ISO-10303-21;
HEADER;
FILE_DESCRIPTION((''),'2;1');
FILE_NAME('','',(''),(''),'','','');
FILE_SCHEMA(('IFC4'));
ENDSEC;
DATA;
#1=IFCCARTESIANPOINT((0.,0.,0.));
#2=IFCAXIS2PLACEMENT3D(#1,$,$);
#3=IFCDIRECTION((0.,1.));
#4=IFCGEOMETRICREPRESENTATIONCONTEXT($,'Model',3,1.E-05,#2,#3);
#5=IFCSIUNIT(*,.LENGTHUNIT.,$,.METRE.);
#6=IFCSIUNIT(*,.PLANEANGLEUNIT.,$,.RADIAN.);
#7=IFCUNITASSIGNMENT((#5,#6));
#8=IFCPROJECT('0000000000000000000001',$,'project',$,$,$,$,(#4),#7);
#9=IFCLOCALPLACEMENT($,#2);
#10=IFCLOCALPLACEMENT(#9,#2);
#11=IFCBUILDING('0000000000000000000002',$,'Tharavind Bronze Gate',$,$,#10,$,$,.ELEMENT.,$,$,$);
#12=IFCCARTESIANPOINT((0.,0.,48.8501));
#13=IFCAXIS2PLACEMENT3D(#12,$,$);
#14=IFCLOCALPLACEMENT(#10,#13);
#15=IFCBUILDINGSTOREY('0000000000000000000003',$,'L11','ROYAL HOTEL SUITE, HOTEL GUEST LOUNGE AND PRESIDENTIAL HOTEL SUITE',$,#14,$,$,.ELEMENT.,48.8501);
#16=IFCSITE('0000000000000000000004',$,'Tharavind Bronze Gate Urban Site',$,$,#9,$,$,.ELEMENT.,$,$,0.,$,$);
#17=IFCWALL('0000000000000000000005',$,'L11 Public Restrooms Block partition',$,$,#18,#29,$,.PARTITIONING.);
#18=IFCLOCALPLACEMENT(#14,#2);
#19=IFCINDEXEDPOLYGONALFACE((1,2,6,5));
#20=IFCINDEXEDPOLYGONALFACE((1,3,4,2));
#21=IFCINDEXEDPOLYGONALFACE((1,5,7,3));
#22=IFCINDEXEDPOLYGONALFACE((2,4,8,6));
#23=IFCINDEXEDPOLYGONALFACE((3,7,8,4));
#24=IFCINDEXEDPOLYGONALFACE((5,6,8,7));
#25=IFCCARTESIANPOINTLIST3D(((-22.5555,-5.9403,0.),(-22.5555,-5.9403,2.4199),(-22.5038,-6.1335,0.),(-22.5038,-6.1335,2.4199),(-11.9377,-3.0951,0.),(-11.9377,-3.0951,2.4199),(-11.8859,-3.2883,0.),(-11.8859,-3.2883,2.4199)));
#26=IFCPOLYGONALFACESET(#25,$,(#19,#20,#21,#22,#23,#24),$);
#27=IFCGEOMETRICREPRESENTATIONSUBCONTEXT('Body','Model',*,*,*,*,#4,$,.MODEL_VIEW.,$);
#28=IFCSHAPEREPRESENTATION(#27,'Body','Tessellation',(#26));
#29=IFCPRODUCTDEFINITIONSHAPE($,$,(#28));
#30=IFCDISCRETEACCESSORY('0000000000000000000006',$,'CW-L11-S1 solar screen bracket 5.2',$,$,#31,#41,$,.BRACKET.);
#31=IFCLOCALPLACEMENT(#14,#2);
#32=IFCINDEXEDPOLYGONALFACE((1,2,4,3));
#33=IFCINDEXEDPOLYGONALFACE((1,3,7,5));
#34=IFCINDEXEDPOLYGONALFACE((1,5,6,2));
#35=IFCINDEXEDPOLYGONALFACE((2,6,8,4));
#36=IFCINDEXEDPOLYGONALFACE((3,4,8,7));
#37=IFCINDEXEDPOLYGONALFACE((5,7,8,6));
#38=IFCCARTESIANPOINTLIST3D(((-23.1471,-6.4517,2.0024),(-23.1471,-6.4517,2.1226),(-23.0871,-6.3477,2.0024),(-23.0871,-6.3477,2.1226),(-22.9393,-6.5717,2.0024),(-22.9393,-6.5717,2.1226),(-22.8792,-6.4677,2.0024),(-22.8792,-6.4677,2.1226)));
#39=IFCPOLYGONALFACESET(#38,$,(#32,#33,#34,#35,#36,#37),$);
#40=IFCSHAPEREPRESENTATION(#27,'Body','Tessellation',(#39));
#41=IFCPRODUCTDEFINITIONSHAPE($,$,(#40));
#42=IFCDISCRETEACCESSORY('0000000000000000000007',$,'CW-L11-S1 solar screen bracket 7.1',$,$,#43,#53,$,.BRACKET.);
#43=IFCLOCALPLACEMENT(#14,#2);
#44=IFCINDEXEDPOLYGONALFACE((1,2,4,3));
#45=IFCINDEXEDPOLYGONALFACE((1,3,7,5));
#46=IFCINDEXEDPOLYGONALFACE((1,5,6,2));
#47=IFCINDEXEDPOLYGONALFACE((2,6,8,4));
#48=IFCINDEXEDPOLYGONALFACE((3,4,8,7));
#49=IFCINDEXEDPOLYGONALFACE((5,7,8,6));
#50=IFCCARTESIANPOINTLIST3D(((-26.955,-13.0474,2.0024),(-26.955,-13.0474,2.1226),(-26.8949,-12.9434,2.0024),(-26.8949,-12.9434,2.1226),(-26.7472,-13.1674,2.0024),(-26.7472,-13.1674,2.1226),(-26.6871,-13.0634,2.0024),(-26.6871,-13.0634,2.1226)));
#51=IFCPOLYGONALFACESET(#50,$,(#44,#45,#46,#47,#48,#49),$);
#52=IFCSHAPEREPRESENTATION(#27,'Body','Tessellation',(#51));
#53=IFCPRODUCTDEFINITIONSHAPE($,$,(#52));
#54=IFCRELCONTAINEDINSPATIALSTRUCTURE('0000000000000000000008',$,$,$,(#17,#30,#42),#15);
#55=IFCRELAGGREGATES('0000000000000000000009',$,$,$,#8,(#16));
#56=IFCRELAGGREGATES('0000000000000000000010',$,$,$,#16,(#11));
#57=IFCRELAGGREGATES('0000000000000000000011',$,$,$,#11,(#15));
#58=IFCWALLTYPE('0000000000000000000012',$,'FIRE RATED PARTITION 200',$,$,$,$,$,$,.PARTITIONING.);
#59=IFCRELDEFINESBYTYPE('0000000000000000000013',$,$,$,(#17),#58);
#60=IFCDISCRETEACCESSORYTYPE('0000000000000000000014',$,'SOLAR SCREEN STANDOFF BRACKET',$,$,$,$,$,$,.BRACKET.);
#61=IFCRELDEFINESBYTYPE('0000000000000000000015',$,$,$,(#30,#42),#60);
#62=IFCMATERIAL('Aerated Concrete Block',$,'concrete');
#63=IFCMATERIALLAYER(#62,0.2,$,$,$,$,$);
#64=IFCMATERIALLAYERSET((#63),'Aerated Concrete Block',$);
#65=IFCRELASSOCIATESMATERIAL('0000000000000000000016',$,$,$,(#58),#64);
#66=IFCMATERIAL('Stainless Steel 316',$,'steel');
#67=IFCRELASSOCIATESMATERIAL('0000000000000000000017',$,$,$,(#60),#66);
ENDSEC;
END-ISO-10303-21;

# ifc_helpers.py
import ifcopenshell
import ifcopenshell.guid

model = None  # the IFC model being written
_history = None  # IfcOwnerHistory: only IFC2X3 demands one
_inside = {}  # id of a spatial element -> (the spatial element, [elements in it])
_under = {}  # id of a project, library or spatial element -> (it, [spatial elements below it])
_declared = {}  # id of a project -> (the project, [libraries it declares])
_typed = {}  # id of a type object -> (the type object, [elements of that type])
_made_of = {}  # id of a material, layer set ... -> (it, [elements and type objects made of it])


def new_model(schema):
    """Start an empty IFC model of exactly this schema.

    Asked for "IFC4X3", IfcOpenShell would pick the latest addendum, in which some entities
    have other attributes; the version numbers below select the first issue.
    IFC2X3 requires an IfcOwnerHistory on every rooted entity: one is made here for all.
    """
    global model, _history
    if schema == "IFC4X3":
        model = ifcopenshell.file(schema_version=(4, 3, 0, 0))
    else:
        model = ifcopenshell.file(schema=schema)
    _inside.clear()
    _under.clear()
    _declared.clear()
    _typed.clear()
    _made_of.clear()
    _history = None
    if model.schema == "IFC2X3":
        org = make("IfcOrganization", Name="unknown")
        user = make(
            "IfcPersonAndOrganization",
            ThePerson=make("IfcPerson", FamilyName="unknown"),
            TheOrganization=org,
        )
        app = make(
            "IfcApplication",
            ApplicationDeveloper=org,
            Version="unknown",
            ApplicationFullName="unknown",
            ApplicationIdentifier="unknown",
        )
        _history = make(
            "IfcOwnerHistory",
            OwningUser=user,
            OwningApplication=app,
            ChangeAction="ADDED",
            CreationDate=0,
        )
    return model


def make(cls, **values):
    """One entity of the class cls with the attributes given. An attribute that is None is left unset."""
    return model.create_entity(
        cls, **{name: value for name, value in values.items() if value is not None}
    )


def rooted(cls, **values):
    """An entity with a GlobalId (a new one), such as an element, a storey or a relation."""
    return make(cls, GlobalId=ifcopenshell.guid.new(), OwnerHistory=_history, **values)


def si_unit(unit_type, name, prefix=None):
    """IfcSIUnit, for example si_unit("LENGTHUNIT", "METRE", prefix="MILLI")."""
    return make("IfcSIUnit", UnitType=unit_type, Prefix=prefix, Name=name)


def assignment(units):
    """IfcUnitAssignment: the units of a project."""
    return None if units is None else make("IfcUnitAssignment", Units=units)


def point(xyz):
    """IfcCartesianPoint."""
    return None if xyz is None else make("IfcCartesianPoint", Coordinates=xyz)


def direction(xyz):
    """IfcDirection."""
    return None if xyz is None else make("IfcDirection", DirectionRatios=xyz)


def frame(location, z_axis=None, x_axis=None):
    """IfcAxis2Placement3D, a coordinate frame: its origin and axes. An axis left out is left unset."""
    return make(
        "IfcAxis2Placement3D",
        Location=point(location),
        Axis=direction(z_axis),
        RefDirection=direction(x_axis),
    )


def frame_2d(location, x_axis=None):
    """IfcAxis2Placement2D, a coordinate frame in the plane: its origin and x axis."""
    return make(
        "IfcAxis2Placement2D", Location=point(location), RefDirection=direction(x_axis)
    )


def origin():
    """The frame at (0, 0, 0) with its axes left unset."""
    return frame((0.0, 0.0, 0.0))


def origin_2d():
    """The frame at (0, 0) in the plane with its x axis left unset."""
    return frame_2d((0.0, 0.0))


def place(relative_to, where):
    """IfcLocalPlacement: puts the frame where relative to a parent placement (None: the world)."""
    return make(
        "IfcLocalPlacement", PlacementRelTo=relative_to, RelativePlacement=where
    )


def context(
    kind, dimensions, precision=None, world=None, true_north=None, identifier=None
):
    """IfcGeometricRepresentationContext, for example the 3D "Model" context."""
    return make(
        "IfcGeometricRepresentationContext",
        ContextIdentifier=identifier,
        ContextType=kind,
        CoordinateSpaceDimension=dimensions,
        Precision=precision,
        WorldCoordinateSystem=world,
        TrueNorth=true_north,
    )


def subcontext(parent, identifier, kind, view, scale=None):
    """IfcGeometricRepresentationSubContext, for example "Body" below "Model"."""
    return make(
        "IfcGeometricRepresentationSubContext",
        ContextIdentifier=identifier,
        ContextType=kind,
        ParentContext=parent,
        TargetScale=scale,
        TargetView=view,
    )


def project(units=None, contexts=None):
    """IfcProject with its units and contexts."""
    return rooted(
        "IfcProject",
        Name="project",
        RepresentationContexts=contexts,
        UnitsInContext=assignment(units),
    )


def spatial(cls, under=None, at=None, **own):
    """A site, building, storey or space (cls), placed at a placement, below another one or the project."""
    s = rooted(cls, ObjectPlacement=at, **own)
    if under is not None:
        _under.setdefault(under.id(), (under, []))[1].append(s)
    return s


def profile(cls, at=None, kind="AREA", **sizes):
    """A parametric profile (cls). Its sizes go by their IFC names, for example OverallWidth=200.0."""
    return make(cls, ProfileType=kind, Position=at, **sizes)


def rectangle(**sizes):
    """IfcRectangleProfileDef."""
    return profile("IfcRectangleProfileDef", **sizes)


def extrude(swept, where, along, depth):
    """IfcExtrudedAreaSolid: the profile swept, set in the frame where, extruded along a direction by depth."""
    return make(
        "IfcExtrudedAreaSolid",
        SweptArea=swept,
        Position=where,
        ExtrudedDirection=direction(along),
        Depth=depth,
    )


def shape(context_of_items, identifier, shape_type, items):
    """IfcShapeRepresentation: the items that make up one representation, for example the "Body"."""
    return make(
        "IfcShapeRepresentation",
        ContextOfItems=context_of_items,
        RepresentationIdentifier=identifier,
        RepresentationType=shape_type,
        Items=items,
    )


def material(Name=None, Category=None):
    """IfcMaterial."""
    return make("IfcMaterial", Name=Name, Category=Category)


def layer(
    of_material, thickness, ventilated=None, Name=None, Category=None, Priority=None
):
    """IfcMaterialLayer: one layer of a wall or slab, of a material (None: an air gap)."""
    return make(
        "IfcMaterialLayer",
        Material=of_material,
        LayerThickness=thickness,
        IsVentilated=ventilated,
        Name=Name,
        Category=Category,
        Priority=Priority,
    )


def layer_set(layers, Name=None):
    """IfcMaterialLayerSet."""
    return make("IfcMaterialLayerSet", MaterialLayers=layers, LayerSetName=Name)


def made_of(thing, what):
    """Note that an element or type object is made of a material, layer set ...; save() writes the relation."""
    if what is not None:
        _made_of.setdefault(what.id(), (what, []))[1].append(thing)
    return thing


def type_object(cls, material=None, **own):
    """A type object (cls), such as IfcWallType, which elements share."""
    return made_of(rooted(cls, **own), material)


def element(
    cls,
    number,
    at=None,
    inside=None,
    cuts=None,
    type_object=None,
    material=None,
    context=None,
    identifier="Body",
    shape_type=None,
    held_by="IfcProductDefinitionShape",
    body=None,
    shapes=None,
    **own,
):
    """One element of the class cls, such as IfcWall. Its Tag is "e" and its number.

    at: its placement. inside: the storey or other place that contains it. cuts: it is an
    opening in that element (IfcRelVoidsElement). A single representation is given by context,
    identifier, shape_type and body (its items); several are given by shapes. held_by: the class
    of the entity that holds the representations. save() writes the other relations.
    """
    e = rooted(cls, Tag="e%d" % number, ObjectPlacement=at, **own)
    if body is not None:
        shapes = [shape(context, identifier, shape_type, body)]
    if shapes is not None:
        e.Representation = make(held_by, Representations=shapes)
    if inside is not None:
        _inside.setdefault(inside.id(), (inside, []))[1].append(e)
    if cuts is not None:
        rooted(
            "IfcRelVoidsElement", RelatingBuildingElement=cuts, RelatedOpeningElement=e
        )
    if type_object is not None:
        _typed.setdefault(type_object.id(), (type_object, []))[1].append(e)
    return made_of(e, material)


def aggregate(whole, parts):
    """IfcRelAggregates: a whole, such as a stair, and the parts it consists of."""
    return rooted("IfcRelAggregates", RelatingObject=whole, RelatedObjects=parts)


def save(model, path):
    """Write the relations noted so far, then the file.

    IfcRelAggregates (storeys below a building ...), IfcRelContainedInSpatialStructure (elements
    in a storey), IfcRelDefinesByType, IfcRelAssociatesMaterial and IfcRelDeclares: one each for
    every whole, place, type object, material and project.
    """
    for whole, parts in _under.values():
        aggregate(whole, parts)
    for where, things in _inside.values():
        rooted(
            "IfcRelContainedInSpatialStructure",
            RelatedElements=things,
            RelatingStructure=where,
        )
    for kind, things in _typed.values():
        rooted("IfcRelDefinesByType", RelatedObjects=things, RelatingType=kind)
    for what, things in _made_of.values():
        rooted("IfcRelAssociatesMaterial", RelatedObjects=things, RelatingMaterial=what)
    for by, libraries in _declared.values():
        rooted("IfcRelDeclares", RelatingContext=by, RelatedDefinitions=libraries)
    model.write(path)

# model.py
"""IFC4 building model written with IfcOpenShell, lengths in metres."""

from ifc_helpers import new_model, si_unit, direction, frame, frame_2d, origin, origin_2d, place, context, subcontext, project, spatial, rectangle, extrude, material, layer, layer_set, type_object, element, save


model = new_model("IFC4")

# Units and contexts
model_context = context("Model", 3, precision=1e-05, world=origin(), true_north=direction((0.0, 1.0)))
body_context = subcontext(model_context, "Body", "Model", "MODEL_VIEW")
ifc_project = project(units=[si_unit("LENGTHUNIT", "METRE"), si_unit("PLANEANGLEUNIT", "RADIAN")], contexts=[model_context])

# Site, building, storey
site_placement = place(None, origin())
site = spatial("IfcSite", under=ifc_project, at=site_placement, Name="Tharavind Bronze Gate Urban Site", CompositionType="ELEMENT", RefElevation=0.0)
building_placement = place(site_placement, origin())
building = spatial("IfcBuilding", under=site, at=building_placement, Name="Tharavind Bronze Gate", CompositionType="ELEMENT")
storey_placement = place(building_placement, frame((0.0, 0.0, 48.8501)))
storey = spatial("IfcBuildingStorey", under=building, at=storey_placement, Name="L11", Description="ROYAL HOTEL SUITE, HOTEL GUEST LOUNGE AND PRESIDENTIAL HOTEL SUITE", CompositionType="ELEMENT", Elevation=48.8501)

# Wall
ifc_material_1 = material(Name="Aerated Concrete Block", Category="concrete")
ifc_layer_1 = layer(ifc_material_1, 0.2)
ifc_layer_set_1 = layer_set([ifc_layer_1], Name="Aerated Concrete Block")
wall_type = type_object("IfcWallType", Name="FIRE RATED PARTITION 200", PredefinedType="PARTITIONING", material=ifc_layer_set_1)
wall_placement = place(storey_placement, frame((-22.5295, -6.0369, 0.0), z_axis=(0.0, 0.0, 1.0), x_axis=(0.965922, 0.258832, 0.0)))
element("IfcWall", 1, at=wall_placement, inside=storey, type_object=wall_type, Name="L11 Public Restrooms Block partition", PredefinedType="PARTITIONING", context=body_context, shape_type="SweptSolid", body=[
    extrude(rectangle(XDim=10.9924, YDim=0.2, at=frame_2d((5.4961, 0.0))), origin(), (0.0, 0.0, 1.0), 2.4199),
])

# Discrete accessories
ifc_material_2 = material(Name="Stainless Steel 316", Category="steel")
discrete_accessory_type = type_object("IfcDiscreteAccessoryType", Name="SOLAR SCREEN STANDOFF BRACKET", PredefinedType="BRACKET", material=ifc_material_2)
for number, where, z_axis, x_axis, name in (
    (2, (-23.0132, -6.4597, 2.0024), (0.0, 0.0, 1.0), (-0.500002, -0.866025, 0.0), "CW-L11-S1 solar screen bracket 5.2"),
    (3, (-26.821, -13.0554, 2.0024), (0.0, 0.0, 1.0), (-0.500002, -0.866025, 0.0), "CW-L11-S1 solar screen bracket 7.1"),
):
    element("IfcDiscreteAccessory", number, at=place(storey_placement, frame(where, z_axis=z_axis, x_axis=x_axis)), inside=storey, type_object=discrete_accessory_type, Name=name, PredefinedType="BRACKET", context=body_context, shape_type="SweptSolid", body=[
        extrude(rectangle(XDim=0.1201, YDim=0.24, at=origin_2d()), origin(), (0.0, 0.0, 1.0), 0.1201),
    ])

save(model, "model.ifc")
